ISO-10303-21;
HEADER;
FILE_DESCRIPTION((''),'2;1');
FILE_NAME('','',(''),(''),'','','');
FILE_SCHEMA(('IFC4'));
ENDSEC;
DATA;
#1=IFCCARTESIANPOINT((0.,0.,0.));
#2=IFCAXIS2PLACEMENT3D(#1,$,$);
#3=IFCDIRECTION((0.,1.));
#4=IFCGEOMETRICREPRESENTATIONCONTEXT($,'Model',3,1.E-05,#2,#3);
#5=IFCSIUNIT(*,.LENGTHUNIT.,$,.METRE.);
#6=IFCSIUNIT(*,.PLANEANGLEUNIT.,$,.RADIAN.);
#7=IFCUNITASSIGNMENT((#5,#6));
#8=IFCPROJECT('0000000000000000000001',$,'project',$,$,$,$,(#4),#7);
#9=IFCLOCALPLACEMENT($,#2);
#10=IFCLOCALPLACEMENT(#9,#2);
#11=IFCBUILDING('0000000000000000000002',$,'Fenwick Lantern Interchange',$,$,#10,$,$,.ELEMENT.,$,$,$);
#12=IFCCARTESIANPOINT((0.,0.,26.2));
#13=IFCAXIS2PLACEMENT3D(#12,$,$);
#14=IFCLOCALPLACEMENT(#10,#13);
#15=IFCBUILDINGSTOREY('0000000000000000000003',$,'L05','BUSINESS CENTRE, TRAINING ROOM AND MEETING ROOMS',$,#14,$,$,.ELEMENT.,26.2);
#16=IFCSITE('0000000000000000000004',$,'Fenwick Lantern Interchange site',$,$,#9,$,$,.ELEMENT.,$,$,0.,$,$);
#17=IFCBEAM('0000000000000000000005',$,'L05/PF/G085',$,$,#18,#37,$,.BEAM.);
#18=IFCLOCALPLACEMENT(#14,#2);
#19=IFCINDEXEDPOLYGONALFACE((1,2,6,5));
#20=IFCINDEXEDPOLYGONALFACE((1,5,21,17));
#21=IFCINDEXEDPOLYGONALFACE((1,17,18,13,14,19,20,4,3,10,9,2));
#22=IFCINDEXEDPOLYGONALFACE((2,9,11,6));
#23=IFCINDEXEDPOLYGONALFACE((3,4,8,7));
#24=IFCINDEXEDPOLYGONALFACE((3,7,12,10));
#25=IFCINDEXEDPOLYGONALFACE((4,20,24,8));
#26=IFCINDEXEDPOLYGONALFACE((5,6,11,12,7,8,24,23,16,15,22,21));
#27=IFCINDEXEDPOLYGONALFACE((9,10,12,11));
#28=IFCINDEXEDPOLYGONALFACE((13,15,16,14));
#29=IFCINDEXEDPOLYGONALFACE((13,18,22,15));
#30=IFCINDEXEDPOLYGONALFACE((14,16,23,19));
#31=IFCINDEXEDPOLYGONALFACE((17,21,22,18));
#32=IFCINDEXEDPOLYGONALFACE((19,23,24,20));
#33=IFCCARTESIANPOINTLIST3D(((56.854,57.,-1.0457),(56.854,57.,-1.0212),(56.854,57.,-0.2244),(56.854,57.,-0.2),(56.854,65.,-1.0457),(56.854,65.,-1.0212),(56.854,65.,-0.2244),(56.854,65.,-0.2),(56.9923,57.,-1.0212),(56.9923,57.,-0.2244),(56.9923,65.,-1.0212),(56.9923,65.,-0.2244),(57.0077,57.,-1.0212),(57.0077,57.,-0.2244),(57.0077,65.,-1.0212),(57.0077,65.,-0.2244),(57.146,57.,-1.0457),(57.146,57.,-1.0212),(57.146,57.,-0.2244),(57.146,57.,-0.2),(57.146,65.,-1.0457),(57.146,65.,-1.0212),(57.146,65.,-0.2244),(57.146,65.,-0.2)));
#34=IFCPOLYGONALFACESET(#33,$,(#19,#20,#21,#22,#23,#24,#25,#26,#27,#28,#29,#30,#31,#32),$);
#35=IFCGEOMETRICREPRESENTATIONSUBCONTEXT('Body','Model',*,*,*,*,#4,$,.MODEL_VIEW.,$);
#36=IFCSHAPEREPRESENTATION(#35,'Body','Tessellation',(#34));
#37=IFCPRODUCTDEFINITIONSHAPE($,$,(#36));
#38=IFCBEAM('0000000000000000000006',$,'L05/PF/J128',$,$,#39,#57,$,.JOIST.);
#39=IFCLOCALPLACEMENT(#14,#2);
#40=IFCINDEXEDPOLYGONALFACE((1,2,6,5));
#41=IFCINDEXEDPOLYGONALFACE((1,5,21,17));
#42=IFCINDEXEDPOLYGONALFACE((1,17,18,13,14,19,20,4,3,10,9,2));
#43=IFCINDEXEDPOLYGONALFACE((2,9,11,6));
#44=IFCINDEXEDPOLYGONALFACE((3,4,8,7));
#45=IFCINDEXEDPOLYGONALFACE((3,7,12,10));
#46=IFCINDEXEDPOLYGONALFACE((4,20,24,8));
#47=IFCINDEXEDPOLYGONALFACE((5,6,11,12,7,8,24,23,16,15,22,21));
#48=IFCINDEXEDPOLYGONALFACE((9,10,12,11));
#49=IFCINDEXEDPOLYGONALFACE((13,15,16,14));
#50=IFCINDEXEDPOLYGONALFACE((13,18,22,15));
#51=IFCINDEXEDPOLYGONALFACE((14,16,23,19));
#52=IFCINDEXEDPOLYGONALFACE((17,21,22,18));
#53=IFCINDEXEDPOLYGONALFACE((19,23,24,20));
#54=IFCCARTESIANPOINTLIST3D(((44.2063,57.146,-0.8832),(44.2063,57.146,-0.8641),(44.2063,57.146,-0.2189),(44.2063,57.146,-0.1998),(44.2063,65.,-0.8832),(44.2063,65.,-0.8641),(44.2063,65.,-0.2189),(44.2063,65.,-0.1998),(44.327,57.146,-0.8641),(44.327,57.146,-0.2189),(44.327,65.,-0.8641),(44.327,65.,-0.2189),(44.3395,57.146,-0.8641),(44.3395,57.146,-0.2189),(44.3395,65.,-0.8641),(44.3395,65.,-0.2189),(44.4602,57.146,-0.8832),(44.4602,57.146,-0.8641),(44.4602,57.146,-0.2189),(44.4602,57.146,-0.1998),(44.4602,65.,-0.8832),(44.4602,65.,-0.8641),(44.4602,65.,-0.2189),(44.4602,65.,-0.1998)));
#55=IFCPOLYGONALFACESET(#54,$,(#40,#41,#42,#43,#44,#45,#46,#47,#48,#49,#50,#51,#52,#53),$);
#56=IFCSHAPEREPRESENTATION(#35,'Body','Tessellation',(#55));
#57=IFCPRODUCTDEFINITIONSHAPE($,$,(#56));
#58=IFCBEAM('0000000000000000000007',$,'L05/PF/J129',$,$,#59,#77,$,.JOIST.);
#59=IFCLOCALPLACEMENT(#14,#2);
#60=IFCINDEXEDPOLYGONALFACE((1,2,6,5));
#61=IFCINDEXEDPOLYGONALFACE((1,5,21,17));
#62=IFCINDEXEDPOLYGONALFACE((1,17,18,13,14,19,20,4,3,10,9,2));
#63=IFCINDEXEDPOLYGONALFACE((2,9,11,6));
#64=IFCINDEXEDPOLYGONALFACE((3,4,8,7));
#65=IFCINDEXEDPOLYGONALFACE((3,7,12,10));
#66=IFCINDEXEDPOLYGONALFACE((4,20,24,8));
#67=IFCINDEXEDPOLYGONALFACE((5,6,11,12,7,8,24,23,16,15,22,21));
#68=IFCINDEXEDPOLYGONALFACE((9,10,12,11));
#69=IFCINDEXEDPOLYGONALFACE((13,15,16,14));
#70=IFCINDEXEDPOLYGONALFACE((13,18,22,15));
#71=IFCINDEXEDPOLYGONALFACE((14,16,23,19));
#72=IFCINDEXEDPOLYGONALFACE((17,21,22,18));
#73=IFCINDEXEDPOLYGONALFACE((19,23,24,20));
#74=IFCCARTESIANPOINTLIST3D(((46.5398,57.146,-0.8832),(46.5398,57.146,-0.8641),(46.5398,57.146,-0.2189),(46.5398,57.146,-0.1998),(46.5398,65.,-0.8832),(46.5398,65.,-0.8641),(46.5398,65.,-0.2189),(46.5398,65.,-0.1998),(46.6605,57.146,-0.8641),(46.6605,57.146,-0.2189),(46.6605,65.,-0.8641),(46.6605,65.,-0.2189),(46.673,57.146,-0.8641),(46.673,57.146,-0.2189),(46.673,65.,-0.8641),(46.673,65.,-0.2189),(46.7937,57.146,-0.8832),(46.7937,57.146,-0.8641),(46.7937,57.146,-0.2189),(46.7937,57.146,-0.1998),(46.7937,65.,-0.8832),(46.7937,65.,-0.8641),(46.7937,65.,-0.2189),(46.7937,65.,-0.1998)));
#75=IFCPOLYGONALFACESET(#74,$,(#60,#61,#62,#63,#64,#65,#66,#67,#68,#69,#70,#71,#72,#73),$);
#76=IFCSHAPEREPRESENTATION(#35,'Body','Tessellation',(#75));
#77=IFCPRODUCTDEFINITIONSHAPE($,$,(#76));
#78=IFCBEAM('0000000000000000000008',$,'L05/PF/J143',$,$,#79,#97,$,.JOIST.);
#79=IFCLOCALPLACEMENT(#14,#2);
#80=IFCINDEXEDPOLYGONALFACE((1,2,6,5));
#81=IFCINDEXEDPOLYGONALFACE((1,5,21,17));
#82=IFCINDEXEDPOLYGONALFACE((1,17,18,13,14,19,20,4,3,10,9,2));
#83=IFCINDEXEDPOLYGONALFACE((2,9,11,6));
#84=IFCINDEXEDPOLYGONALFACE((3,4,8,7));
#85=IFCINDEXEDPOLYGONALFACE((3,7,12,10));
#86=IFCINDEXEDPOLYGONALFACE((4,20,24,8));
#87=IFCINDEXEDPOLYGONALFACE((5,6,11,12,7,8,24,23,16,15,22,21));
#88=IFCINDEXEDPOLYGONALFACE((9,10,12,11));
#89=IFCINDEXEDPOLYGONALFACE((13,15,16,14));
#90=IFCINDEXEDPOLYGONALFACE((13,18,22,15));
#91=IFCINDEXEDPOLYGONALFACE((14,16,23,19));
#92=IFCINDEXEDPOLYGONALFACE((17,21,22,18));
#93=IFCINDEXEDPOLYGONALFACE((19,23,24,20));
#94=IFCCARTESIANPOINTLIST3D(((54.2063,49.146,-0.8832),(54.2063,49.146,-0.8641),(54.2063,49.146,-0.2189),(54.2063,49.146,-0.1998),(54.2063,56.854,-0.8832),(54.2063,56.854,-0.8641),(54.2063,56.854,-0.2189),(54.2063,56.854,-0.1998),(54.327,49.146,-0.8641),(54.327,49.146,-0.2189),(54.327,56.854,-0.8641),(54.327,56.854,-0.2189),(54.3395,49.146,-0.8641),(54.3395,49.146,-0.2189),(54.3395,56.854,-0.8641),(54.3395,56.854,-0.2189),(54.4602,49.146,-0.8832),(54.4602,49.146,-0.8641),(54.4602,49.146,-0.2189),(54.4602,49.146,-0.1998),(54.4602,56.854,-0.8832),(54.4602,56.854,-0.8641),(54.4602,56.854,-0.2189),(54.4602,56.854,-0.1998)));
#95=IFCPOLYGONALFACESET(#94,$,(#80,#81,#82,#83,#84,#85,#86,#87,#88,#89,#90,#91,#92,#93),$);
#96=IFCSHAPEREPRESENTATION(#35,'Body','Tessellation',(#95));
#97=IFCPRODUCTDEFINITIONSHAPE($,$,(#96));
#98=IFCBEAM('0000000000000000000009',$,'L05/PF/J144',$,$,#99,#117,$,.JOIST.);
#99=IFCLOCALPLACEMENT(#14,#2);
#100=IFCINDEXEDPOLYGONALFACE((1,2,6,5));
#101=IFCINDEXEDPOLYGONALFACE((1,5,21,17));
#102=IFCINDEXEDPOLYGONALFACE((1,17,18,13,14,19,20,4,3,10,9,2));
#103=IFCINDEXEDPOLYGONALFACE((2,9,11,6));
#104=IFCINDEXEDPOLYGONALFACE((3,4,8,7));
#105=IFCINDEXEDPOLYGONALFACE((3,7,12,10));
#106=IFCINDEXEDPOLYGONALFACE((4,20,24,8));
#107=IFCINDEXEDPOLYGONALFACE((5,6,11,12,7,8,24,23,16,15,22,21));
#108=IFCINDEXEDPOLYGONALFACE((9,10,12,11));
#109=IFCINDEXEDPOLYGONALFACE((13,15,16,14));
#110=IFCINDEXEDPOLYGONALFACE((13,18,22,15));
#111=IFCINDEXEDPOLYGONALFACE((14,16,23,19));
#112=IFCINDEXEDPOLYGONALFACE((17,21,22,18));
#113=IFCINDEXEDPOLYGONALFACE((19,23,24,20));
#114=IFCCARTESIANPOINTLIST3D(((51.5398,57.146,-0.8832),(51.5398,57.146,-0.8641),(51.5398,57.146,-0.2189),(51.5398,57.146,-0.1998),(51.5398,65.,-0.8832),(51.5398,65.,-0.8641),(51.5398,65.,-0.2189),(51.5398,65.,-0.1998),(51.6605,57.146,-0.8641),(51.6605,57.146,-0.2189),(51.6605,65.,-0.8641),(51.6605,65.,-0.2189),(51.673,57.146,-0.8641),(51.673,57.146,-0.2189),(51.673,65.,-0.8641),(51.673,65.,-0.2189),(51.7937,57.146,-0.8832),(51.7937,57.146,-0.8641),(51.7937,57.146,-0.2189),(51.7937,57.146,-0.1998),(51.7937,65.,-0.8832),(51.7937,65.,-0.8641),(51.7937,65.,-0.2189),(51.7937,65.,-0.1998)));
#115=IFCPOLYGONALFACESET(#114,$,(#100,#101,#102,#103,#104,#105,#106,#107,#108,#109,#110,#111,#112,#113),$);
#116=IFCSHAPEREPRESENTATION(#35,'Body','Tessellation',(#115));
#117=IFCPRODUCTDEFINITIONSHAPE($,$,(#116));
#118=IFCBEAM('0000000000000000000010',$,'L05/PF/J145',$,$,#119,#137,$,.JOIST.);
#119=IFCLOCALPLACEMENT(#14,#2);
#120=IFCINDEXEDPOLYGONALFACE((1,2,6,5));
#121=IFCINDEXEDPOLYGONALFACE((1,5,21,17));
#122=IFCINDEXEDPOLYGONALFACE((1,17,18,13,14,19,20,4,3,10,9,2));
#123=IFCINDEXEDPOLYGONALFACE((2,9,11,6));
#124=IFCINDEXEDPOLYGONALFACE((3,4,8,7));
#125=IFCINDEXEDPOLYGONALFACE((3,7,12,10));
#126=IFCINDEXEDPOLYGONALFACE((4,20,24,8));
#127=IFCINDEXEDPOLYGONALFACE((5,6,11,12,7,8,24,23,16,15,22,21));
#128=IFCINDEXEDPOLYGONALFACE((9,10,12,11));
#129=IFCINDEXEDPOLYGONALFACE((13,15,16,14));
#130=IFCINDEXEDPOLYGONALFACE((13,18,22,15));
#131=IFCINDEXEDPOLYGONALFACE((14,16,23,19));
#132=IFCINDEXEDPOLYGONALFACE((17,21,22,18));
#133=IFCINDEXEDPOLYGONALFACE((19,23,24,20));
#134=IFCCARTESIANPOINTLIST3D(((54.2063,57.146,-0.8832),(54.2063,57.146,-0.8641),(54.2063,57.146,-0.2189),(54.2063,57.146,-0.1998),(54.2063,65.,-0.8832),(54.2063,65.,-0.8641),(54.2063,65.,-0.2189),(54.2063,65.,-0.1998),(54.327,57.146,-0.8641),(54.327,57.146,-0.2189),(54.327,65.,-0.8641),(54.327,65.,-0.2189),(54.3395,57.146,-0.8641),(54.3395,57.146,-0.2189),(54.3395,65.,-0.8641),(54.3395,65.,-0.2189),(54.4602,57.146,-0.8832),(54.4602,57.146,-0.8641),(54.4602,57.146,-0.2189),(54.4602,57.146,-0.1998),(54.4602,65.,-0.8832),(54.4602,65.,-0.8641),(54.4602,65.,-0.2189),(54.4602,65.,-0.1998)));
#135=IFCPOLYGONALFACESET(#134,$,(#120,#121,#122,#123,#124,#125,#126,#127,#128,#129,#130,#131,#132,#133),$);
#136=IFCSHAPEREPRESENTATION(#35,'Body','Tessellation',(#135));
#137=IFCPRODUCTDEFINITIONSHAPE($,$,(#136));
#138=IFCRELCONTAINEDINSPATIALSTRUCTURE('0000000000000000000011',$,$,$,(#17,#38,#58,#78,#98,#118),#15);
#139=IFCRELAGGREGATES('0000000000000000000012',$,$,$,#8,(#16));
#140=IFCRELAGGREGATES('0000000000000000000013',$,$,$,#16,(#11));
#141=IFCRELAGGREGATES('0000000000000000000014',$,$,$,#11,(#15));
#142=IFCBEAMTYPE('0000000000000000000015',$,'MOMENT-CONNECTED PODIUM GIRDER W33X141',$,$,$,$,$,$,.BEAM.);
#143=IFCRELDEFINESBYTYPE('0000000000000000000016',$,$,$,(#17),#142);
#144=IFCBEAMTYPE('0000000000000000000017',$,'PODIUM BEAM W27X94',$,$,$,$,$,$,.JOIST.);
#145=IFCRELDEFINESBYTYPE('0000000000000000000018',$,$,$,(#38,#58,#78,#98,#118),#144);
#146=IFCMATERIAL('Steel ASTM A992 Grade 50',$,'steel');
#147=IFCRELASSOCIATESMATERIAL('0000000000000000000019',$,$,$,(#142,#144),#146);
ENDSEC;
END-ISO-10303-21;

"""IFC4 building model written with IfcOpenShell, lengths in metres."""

from ifc_helpers import new_model, si_unit, direction, frame, origin, origin_2d, place, context, subcontext, project, spatial, i_section, extrude, material, material_profile, profile_set, type_object, element, save


model = new_model("IFC4")

# Units and contexts
model_context = context("Model", 3, precision=1e-05, world=origin(), true_north=direction((0.0, 1.0)))
body_context = subcontext(model_context, "Body", "Model", "MODEL_VIEW")
ifc_project = project(units=[si_unit("LENGTHUNIT", "METRE"), si_unit("PLANEANGLEUNIT", "RADIAN")], contexts=[model_context])

# Site, building, storey
site_placement = place(None, origin())
site = spatial("IfcSite", under=ifc_project, at=site_placement, Name="Fenwick Lantern Interchange site", CompositionType="ELEMENT", RefElevation=0.0)
building_placement = place(site_placement, origin())
building = spatial("IfcBuilding", under=site, at=building_placement, Name="Fenwick Lantern Interchange", CompositionType="ELEMENT")
storey_placement = place(building_placement, frame((0.0, 0.0, 26.2)))
storey = spatial("IfcBuildingStorey", under=building, at=storey_placement, Name="L05", Description="BUSINESS CENTRE, TRAINING ROOM AND MEETING ROOMS", CompositionType="ELEMENT", Elevation=26.2)

# Shared definitions
ifc_material_1 = material(Name="Steel ASTM A992 Grade 50", Category="steel")

# Beams
ifc_material_profile_1 = material_profile(ifc_material_1, i_section(OverallWidth=0.292, OverallDepth=0.8457, WebThickness=0.0154, FlangeThickness=0.0244, at=origin_2d()), Name="W33X141")
ifc_profile_set_1 = profile_set([ifc_material_profile_1], Name="Steel ASTM A992 Grade 50")
beam_type_1 = type_object("IfcBeamType", Name="MOMENT-CONNECTED PODIUM GIRDER W33X141", PredefinedType="BEAM", material=ifc_profile_set_1)
for number, where, z_axis, x_axis, name in (
    (1, (57.0, 57.0, -0.6228), (0.0, 1.0, 0.0), (-1.0, 0.0, 0.0), "L05/PF/G085"),
):
    element("IfcBeam", number, at=place(storey_placement, frame(where, z_axis=z_axis, x_axis=x_axis)), inside=storey, type_object=beam_type_1, Name=name, PredefinedType="BEAM", context=body_context, shape_type="SweptSolid", body=[
        extrude(i_section(OverallWidth=0.292, OverallDepth=0.8457, WebThickness=0.0154, FlangeThickness=0.0244, at=origin_2d()), origin(), (0.0, 0.0, 1.0), 8.0),
    ])
ifc_material_profile_2 = material_profile(ifc_material_1, i_section(OverallWidth=0.2539, OverallDepth=0.6833, WebThickness=0.0125, FlangeThickness=0.019, at=origin_2d()), Name="W27X94")
ifc_profile_set_2 = profile_set([ifc_material_profile_2], Name="Steel ASTM A992 Grade 50")
beam_type_2 = type_object("IfcBeamType", Name="PODIUM BEAM W27X94", PredefinedType="JOIST", material=ifc_profile_set_2)
for number, where, z_axis, x_axis, name in (
    (2, (44.3333, 57.146, -0.5415), (0.0, 1.0, 0.0), (-1.0, 0.0, 0.0), "L05/PF/J128"),
    (3, (46.6667, 57.146, -0.5415), (0.0, 1.0, 0.0), (-1.0, 0.0, 0.0), "L05/PF/J129"),
):
    element("IfcBeam", number, at=place(storey_placement, frame(where, z_axis=z_axis, x_axis=x_axis)), inside=storey, type_object=beam_type_2, Name=name, PredefinedType="JOIST", context=body_context, shape_type="SweptSolid", body=[
        extrude(i_section(OverallWidth=0.2539, OverallDepth=0.6833, WebThickness=0.0125, FlangeThickness=0.019, at=origin_2d()), origin(), (0.0, 0.0, 1.0), 7.854),
    ])
beam_1_placement = place(storey_placement, frame((54.3333, 49.146, -0.5415), z_axis=(0.0, 1.0, 0.0), x_axis=(-1.0, 0.0, 0.0)))
element("IfcBeam", 4, at=beam_1_placement, inside=storey, type_object=beam_type_2, Name="L05/PF/J143", PredefinedType="JOIST", context=body_context, shape_type="SweptSolid", body=[
    extrude(i_section(OverallWidth=0.2539, OverallDepth=0.6833, WebThickness=0.0125, FlangeThickness=0.019, at=origin_2d()), origin(), (0.0, 0.0, 1.0), 7.708),
])
for number, where, z_axis, x_axis, name in (
    (5, (51.6667, 57.146, -0.5415), (0.0, 1.0, 0.0), (-1.0, 0.0, 0.0), "L05/PF/J144"),
    (6, (54.3333, 57.146, -0.5415), (0.0, 1.0, 0.0), (-1.0, 0.0, 0.0), "L05/PF/J145"),
):
    element("IfcBeam", number, at=place(storey_placement, frame(where, z_axis=z_axis, x_axis=x_axis)), inside=storey, type_object=beam_type_2, Name=name, PredefinedType="JOIST", context=body_context, shape_type="SweptSolid", body=[
        extrude(i_section(OverallWidth=0.2539, OverallDepth=0.6833, WebThickness=0.0125, FlangeThickness=0.019, at=origin_2d()), origin(), (0.0, 0.0, 1.0), 7.854),
    ])

save(model, "model.ifc")
